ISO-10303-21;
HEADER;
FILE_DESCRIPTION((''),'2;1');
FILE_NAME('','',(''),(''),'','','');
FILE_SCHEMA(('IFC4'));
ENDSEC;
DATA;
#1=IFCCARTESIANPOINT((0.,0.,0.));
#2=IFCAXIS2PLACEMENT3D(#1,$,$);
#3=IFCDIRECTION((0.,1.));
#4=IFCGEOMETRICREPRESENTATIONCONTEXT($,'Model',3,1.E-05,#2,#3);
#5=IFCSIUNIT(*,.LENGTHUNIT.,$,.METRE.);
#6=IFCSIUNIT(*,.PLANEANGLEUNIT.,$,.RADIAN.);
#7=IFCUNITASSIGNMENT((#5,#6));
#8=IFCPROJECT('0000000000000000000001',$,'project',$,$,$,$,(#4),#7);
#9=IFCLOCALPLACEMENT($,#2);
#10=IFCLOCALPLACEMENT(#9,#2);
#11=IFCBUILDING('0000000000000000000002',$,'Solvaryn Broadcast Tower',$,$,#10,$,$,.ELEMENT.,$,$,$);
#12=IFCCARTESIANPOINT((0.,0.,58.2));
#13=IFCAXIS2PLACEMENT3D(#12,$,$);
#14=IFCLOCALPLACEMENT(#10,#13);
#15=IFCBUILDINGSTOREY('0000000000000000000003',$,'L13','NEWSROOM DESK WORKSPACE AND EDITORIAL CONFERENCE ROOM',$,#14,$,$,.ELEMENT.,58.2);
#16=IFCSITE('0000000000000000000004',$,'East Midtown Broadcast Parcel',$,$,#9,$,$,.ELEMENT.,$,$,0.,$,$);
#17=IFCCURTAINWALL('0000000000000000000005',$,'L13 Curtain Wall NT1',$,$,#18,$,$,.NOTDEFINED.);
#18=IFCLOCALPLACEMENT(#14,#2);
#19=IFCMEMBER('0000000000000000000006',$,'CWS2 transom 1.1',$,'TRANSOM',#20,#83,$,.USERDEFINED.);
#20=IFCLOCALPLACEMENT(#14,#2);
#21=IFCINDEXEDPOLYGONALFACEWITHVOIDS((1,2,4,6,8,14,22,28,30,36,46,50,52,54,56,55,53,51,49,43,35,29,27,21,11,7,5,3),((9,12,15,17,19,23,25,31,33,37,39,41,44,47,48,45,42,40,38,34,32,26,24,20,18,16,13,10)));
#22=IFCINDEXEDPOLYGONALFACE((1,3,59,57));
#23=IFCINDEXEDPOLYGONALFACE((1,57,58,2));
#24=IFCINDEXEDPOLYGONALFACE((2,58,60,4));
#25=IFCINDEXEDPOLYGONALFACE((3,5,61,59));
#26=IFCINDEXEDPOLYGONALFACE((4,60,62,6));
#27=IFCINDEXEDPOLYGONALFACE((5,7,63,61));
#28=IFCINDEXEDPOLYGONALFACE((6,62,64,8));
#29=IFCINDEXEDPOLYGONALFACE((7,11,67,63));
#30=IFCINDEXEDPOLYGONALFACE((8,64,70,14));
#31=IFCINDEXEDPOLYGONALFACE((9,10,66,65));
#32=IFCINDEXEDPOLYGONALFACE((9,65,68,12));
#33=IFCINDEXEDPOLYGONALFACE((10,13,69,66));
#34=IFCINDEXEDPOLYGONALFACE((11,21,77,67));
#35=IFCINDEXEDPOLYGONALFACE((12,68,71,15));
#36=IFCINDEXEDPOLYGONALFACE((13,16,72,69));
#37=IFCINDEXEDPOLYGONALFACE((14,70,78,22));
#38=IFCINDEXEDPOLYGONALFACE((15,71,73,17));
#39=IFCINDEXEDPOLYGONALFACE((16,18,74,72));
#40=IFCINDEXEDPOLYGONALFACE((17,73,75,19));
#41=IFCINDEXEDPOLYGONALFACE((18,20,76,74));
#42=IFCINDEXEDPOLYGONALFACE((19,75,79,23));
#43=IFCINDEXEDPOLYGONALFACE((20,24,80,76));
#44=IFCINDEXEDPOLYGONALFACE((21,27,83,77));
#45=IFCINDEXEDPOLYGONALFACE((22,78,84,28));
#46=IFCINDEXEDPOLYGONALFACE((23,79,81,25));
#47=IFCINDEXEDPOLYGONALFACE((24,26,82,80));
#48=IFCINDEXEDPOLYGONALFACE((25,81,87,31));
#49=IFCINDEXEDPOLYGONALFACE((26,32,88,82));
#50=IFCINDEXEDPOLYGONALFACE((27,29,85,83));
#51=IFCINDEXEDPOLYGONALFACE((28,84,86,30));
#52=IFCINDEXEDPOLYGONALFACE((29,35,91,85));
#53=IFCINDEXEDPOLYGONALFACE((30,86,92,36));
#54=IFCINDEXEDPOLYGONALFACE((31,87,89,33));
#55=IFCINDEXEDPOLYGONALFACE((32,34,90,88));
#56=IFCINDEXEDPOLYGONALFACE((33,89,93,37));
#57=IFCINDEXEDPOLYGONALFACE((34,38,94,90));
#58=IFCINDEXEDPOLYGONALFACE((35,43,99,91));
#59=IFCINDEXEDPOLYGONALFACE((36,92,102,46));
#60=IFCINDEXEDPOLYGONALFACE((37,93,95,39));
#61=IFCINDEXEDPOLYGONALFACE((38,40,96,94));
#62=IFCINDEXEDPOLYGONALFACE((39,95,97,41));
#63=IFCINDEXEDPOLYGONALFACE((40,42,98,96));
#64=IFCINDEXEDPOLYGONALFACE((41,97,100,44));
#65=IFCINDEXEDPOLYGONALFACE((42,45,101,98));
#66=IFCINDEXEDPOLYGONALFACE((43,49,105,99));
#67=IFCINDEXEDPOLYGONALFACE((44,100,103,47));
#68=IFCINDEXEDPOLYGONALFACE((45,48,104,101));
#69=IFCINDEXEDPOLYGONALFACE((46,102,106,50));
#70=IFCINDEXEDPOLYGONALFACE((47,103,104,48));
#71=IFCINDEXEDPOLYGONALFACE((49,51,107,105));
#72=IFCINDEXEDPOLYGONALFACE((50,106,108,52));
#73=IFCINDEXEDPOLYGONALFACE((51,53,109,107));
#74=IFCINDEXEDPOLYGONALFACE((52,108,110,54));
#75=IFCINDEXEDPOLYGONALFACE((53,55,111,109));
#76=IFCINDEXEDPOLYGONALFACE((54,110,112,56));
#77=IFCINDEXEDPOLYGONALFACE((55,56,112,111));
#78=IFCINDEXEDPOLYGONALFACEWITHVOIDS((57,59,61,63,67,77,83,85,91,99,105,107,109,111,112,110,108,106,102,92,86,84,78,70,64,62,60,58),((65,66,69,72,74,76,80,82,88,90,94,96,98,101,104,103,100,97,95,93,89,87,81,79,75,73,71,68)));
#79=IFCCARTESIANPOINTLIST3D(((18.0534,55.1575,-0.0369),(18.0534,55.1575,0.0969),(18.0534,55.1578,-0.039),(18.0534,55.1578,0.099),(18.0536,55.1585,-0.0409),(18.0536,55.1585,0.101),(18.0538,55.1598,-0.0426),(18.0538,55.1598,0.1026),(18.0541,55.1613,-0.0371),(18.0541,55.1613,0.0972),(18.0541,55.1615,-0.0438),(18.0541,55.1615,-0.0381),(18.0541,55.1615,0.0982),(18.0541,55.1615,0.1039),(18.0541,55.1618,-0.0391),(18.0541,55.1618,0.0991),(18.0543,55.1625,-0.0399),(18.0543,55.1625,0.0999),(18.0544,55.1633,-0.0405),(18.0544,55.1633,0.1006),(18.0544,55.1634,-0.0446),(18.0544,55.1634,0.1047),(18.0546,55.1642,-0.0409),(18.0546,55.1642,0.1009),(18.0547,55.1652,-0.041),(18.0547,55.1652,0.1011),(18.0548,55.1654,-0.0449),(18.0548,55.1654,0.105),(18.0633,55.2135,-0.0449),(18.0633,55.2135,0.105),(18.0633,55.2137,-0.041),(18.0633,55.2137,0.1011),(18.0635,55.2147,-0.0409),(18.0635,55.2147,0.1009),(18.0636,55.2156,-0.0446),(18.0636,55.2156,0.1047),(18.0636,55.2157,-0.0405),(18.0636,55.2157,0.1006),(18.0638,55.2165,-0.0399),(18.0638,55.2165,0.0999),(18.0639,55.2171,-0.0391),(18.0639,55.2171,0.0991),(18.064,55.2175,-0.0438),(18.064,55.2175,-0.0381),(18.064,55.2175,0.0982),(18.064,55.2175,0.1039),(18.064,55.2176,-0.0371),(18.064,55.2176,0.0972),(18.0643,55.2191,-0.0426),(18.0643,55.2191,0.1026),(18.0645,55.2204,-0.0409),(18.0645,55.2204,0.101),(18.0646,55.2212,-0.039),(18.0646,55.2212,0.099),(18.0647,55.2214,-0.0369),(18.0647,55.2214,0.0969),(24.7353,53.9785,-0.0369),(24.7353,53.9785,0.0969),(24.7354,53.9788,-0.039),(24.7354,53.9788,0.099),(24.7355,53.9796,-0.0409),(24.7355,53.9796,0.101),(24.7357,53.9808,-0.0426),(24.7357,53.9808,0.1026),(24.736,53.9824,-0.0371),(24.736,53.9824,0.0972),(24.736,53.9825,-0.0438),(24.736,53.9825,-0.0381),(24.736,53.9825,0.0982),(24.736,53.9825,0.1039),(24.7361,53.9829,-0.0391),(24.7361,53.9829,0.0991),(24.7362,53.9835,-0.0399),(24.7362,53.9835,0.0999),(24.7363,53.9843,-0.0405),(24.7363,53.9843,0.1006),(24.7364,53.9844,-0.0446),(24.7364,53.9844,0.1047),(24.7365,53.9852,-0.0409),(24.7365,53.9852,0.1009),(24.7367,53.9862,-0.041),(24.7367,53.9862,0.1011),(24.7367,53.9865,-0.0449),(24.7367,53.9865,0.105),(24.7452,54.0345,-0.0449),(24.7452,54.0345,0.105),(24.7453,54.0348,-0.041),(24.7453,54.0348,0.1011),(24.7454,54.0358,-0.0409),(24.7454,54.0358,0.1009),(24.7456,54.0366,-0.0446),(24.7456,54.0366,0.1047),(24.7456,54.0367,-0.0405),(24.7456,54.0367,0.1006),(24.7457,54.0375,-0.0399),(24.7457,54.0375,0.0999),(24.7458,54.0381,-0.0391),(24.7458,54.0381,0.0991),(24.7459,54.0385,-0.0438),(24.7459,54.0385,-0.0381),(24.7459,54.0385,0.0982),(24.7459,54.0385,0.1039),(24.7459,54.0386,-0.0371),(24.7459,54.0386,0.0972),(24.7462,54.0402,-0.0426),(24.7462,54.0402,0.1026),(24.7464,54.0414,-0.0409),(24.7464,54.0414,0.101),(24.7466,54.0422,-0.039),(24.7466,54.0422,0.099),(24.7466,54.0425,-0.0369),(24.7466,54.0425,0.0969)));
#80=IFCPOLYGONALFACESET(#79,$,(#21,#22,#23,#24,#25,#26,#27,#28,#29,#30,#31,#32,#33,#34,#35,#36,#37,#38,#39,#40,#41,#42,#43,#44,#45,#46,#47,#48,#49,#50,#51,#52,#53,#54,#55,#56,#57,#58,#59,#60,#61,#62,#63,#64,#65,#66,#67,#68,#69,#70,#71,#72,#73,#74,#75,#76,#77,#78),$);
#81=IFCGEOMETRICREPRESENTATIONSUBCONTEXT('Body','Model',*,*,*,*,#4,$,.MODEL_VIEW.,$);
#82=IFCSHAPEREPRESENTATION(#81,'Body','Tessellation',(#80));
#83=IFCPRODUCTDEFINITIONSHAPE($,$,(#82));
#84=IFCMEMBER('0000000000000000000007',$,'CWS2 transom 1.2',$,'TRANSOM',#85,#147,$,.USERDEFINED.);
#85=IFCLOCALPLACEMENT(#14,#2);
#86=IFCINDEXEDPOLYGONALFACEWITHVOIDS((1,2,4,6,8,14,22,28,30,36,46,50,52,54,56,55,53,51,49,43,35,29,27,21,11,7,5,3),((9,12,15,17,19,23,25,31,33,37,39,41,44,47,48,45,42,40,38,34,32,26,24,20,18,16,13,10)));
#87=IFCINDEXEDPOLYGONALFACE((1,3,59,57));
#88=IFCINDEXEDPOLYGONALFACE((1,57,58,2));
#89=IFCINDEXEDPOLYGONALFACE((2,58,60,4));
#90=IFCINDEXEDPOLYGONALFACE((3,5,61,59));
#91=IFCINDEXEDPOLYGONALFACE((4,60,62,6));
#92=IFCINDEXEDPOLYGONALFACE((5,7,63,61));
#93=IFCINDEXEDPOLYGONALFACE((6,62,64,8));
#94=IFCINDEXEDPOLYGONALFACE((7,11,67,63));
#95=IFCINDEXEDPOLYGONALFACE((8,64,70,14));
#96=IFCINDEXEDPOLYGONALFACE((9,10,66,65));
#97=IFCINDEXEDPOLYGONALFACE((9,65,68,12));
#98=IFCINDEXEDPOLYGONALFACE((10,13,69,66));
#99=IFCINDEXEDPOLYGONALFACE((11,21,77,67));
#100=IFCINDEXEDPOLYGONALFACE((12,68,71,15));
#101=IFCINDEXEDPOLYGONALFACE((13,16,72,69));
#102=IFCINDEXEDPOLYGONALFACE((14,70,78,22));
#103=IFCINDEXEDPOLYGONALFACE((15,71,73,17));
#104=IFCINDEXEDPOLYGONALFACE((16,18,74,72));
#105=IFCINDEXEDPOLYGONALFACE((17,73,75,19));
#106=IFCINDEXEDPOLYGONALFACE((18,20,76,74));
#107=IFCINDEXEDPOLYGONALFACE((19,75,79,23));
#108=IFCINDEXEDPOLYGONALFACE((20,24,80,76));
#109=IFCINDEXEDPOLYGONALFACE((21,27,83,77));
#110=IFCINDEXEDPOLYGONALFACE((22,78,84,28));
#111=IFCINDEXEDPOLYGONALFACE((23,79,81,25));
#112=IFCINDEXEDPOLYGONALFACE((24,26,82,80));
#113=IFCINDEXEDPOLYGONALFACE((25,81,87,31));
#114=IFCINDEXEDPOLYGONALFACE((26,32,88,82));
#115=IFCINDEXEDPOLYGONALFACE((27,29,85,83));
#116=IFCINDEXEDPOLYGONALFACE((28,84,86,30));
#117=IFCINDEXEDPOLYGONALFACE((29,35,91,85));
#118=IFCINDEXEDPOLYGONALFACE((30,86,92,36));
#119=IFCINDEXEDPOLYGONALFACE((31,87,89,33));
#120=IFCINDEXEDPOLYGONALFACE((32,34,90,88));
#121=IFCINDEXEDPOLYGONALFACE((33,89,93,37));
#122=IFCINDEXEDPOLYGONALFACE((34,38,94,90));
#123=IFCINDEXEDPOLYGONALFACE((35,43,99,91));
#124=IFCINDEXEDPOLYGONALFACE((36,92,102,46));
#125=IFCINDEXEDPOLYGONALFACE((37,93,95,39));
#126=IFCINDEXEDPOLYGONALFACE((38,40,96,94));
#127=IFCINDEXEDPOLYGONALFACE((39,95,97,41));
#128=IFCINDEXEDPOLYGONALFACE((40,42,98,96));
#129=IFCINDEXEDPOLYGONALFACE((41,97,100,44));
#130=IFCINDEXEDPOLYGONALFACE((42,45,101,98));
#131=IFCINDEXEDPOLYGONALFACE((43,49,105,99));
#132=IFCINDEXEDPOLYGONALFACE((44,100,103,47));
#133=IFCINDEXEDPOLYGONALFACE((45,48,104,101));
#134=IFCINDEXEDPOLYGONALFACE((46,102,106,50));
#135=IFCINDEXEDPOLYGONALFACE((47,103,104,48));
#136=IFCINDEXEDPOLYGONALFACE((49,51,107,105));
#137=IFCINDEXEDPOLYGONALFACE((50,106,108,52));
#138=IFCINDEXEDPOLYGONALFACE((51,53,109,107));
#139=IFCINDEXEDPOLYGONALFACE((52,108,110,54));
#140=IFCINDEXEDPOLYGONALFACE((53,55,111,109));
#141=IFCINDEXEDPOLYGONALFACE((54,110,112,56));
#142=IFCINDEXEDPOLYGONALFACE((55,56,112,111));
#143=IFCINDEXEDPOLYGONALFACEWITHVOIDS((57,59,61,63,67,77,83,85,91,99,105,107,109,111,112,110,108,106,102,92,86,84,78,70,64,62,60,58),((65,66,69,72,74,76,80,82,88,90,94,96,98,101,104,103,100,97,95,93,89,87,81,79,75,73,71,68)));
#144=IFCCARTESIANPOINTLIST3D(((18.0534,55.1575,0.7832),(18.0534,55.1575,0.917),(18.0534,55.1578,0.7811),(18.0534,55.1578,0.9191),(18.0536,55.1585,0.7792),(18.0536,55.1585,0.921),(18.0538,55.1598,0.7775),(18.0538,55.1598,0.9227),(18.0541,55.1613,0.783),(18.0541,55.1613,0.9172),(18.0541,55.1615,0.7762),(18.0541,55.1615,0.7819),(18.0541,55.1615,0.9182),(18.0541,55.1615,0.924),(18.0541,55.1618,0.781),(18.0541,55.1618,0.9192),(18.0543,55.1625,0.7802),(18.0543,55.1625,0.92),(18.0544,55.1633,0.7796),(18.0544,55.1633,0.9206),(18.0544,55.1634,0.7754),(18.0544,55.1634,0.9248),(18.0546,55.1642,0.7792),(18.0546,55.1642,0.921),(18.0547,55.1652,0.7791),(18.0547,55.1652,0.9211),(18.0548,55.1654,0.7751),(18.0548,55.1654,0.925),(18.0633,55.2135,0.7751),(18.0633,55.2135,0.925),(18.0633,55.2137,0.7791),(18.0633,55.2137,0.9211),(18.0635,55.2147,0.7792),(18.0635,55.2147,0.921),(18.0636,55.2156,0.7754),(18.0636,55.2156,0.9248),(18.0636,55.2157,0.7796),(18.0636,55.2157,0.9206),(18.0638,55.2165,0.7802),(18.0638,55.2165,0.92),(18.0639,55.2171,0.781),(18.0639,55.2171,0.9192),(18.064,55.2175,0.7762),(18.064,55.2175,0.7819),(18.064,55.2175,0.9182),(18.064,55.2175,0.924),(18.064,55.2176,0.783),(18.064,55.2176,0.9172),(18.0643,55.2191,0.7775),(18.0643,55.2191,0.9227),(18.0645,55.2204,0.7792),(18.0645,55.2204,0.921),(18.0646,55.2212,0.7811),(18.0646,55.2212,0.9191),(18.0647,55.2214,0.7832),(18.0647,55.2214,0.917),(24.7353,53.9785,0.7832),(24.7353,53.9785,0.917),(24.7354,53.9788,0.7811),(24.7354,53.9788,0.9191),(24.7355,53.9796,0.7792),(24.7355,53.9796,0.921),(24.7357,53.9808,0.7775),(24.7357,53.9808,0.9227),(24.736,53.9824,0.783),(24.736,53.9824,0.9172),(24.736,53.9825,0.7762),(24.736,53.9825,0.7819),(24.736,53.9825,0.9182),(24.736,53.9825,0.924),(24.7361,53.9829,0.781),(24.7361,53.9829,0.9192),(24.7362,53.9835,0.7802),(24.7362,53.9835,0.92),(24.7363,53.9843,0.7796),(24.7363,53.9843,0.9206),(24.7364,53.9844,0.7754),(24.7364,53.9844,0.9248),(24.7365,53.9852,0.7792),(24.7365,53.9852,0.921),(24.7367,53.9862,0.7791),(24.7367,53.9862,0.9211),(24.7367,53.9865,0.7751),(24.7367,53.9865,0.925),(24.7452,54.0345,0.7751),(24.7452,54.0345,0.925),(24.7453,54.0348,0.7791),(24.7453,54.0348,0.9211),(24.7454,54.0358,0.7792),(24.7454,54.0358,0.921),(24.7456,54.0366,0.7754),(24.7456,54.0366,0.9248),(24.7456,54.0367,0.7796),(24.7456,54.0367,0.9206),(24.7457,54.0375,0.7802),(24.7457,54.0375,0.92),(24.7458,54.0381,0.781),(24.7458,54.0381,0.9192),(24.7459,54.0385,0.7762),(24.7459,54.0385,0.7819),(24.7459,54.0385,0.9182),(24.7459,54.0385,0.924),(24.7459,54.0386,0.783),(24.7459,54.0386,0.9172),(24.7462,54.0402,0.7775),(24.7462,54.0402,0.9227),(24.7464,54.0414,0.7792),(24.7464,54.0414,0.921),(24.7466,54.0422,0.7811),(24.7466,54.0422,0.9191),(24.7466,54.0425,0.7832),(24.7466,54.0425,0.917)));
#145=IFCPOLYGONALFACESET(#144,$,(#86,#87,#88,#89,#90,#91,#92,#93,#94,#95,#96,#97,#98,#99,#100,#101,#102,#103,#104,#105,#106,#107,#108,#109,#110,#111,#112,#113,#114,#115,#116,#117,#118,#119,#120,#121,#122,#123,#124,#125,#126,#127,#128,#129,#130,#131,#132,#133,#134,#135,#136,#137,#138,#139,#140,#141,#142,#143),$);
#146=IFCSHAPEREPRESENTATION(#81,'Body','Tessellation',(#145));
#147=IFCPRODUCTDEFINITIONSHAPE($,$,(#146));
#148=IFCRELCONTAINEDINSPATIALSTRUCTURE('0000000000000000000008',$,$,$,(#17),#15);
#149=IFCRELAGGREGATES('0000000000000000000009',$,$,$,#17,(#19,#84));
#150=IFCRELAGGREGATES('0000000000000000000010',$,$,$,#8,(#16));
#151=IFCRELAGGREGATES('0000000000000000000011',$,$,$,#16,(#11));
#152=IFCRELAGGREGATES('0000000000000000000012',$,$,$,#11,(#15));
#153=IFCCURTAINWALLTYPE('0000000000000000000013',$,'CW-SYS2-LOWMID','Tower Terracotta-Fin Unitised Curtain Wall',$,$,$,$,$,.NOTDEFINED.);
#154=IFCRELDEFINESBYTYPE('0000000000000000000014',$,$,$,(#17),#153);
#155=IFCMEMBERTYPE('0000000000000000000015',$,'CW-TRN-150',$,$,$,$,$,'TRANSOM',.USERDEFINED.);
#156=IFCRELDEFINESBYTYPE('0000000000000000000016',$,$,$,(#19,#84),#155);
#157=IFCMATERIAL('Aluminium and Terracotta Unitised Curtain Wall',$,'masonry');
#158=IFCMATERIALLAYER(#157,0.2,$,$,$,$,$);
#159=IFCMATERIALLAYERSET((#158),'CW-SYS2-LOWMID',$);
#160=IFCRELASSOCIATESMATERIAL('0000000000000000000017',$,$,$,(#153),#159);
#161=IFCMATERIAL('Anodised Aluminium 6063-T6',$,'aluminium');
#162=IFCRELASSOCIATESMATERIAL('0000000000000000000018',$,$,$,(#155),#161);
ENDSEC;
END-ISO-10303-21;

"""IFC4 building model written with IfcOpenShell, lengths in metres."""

from ifc_helpers import new_model, si_unit, direction, frame, origin, origin_2d, place, context, subcontext, project, spatial, hollow_rectangle, extrude, material, layer, layer_set, material_profile, profile_set, type_object, element, aggregate, save


model = new_model("IFC4")

# Units and contexts
model_context = context("Model", 3, precision=1e-05, world=origin(), true_north=direction((0.0, 1.0)))
body_context = subcontext(model_context, "Body", "Model", "MODEL_VIEW")
ifc_project = project(units=[si_unit("LENGTHUNIT", "METRE"), si_unit("PLANEANGLEUNIT", "RADIAN")], contexts=[model_context])

# Site, building, storey
site_placement = place(None, origin())
site = spatial("IfcSite", under=ifc_project, at=site_placement, Name="East Midtown Broadcast Parcel", CompositionType="ELEMENT", RefElevation=0.0)
building_placement = place(site_placement, origin())
building = spatial("IfcBuilding", under=site, at=building_placement, Name="Solvaryn Broadcast Tower", CompositionType="ELEMENT")
storey_placement = place(building_placement, frame((0.0, 0.0, 58.2)))
storey = spatial("IfcBuildingStorey", under=building, at=storey_placement, Name="L13", Description="NEWSROOM DESK WORKSPACE AND EDITORIAL CONFERENCE ROOM", CompositionType="ELEMENT", Elevation=58.2)

# Curtain wall
ifc_material_1 = material(Name="Aluminium and Terracotta Unitised Curtain Wall", Category="masonry")
ifc_layer_1 = layer(ifc_material_1, 0.2)
ifc_layer_set_1 = layer_set([ifc_layer_1], Name="CW-SYS2-LOWMID")
curtain_wall_type = type_object("IfcCurtainWallType", Name="CW-SYS2-LOWMID", Description="Tower Terracotta-Fin Unitised Curtain Wall", PredefinedType="NOTDEFINED", material=ifc_layer_set_1)
curtain_wall_1_placement = place(storey_placement, origin())
curtain_wall_1 = element("IfcCurtainWall", 1, at=curtain_wall_1_placement, inside=storey, type_object=curtain_wall_type, Name="L13 Curtain Wall NT1", PredefinedType="NOTDEFINED")

# Members
ifc_material_2 = material(Name="Anodised Aluminium 6063-T6", Category="aluminium")
ifc_material_profile_1 = material_profile(ifc_material_2, hollow_rectangle(XDim=0.0649, YDim=0.1499, WallThickness=0.0039, InnerFilletRadius=0.0039, OuterFilletRadius=0.0081, at=origin_2d()))
ifc_profile_set_1 = profile_set([ifc_material_profile_1], Name="Anodised Aluminium 6063-T6")
member_type_1 = type_object("IfcMemberType", Name="CW-TRN-150", ElementType="TRANSOM", PredefinedType="USERDEFINED", material=ifc_profile_set_1)
member_1_placement = place(storey_placement, frame((24.741, 54.0105, 0.03), z_axis=(-0.984789, 0.173757, 0.0), x_axis=(-0.173757, -0.984789, 0.0)))
member_1 = element("IfcMember", 2, at=member_1_placement, type_object=member_type_1, Name="CWS2 transom 1.1", ObjectType="TRANSOM", PredefinedType="USERDEFINED", context=body_context, shape_type="SweptSolid", body=[
    extrude(hollow_rectangle(XDim=0.0649, YDim=0.1499, WallThickness=0.0039, InnerFilletRadius=0.0039, OuterFilletRadius=0.0081, at=origin_2d()), origin(), (0.0, 0.0, 1.0), 6.7852),
])
member_2_placement = place(storey_placement, frame((24.741, 54.0105, 0.8501), z_axis=(-0.984789, 0.173757, 0.0), x_axis=(-0.173757, -0.984789, 0.0)))
member_2 = element("IfcMember", 3, at=member_2_placement, type_object=member_type_1, Name="CWS2 transom 1.2", ObjectType="TRANSOM", PredefinedType="USERDEFINED", context=body_context, shape_type="SweptSolid", body=[
    extrude(hollow_rectangle(XDim=0.0649, YDim=0.1499, WallThickness=0.0039, InnerFilletRadius=0.0039, OuterFilletRadius=0.0081, at=origin_2d()), origin(), (0.0, 0.0, 1.0), 6.7852),
])

aggregate(curtain_wall_1, [member_1, member_2])

save(model, "model.ifc")
